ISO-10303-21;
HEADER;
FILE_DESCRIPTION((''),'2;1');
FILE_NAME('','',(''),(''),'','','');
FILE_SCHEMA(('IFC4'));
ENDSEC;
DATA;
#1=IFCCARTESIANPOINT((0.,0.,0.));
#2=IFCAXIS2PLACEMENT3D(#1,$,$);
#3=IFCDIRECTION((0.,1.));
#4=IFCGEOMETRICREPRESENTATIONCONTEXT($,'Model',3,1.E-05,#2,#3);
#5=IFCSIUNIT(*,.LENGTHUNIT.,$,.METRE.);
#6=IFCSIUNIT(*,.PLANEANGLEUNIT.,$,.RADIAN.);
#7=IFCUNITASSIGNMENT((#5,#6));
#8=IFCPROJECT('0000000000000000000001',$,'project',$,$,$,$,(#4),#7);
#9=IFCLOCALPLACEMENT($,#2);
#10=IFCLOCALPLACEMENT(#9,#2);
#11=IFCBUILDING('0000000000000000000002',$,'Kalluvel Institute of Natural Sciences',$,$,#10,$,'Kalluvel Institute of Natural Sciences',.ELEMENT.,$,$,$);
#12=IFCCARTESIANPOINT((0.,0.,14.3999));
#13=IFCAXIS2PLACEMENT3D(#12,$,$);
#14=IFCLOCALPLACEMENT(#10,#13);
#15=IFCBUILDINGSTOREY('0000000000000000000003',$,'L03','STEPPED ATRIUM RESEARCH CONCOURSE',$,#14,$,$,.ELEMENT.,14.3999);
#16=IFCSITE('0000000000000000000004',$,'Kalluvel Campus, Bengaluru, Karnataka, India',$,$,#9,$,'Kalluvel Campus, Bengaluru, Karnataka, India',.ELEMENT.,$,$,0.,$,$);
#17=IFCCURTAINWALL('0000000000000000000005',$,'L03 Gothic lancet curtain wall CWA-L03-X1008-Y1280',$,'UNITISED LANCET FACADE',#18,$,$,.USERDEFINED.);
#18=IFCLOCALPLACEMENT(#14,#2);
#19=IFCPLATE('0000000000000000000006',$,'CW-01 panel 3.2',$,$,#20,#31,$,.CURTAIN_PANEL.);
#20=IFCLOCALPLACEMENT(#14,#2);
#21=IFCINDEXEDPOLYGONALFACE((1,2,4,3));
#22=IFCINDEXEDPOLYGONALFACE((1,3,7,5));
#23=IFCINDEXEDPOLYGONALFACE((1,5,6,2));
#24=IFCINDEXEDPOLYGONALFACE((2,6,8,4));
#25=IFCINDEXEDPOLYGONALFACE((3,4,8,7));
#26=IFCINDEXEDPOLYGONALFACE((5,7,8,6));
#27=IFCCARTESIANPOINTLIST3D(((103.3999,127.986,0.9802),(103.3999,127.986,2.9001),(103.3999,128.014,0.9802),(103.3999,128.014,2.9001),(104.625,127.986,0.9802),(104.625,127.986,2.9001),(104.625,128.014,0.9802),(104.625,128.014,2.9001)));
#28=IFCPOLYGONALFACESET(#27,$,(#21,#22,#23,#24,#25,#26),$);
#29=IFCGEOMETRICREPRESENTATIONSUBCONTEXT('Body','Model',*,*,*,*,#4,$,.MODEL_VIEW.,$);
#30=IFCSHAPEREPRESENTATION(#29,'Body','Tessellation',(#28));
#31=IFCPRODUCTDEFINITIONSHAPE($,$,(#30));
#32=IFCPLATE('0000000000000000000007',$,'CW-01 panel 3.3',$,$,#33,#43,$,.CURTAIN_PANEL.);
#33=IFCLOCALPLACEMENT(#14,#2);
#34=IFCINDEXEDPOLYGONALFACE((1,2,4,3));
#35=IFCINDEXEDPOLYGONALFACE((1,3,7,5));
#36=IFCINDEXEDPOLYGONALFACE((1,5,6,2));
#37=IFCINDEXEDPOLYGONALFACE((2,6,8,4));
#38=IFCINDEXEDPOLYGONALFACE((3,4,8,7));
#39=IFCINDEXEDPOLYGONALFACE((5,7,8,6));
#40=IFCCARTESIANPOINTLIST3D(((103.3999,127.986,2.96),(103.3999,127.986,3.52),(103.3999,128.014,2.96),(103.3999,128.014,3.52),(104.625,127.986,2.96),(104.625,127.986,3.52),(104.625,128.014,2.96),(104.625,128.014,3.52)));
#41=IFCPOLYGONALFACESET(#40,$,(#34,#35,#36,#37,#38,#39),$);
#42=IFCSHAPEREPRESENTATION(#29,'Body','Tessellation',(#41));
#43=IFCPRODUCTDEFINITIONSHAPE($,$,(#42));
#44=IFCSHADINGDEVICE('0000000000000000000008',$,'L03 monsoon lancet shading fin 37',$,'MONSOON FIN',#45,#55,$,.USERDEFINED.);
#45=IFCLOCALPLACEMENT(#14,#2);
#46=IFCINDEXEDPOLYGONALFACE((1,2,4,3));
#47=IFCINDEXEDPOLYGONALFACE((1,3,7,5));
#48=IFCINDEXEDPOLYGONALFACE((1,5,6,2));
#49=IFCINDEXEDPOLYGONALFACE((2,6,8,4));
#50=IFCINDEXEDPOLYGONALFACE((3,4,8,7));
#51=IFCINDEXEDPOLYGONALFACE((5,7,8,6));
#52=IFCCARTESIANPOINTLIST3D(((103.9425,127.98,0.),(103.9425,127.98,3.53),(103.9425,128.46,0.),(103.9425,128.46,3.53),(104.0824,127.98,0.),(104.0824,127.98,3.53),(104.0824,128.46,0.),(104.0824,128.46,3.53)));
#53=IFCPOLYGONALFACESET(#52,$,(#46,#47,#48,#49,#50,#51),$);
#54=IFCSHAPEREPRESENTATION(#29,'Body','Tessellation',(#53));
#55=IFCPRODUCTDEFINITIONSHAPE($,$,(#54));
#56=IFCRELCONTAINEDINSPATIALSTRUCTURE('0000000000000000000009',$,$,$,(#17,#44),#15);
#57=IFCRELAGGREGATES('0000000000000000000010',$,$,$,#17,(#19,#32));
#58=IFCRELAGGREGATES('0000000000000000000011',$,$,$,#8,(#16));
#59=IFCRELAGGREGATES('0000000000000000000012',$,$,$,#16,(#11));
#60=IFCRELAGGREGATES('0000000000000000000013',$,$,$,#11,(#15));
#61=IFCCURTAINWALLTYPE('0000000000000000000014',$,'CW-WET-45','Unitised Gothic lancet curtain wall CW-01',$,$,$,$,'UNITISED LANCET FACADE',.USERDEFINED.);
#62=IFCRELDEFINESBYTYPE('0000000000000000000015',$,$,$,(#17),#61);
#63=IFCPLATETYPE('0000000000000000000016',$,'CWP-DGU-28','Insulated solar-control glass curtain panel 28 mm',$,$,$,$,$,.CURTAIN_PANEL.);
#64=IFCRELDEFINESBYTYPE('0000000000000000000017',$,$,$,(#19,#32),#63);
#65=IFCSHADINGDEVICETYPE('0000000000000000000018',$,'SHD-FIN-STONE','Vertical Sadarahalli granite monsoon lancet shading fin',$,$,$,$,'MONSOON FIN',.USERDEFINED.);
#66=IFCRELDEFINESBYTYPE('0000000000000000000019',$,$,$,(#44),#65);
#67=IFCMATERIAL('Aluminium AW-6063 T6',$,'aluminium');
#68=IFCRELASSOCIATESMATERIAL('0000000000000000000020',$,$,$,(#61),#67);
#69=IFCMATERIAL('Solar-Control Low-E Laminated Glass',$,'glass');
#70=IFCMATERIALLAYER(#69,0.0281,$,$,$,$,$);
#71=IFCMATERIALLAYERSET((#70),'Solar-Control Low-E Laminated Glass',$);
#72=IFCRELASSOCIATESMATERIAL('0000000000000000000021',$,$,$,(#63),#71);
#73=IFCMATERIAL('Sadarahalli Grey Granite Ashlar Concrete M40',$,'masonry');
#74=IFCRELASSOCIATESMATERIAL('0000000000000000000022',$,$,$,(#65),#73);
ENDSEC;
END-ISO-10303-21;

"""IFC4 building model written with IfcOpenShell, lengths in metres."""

from ifc_helpers import new_model, si_unit, direction, frame, origin, origin_2d, place, context, subcontext, project, spatial, rectangle, extrude, material, layer, layer_set, type_object, element, aggregate, save


model = new_model("IFC4")

# Units and contexts
model_context = context("Model", 3, precision=1e-05, world=origin(), true_north=direction((0.0, 1.0)))
body_context = subcontext(model_context, "Body", "Model", "MODEL_VIEW")
ifc_project = project(units=[si_unit("LENGTHUNIT", "METRE"), si_unit("PLANEANGLEUNIT", "RADIAN")], contexts=[model_context])

# Site, building, storey
site_placement = place(None, origin())
site = spatial("IfcSite", under=ifc_project, at=site_placement, Name="Kalluvel Campus, Bengaluru, Karnataka, India", LongName="Kalluvel Campus, Bengaluru, Karnataka, India", CompositionType="ELEMENT", RefElevation=0.0)
building_placement = place(site_placement, origin())
building = spatial("IfcBuilding", under=site, at=building_placement, Name="Kalluvel Institute of Natural Sciences", LongName="Kalluvel Institute of Natural Sciences", CompositionType="ELEMENT")
storey_placement = place(building_placement, frame((0.0, 0.0, 14.3999)))
storey = spatial("IfcBuildingStorey", under=building, at=storey_placement, Name="L03", Description="STEPPED ATRIUM RESEARCH CONCOURSE", CompositionType="ELEMENT", Elevation=14.3999)

# Curtain wall
ifc_material_1 = material(Name="Aluminium AW-6063 T6", Category="aluminium")
curtain_wall_type = type_object("IfcCurtainWallType", Name="CW-WET-45", Description="Unitised Gothic lancet curtain wall CW-01", ElementType="UNITISED LANCET FACADE", PredefinedType="USERDEFINED", material=ifc_material_1)
curtain_wall_placement = place(storey_placement, origin())
curtain_wall = element("IfcCurtainWall", 1, at=curtain_wall_placement, inside=storey, type_object=curtain_wall_type, Name="L03 Gothic lancet curtain wall CWA-L03-X1008-Y1280", ObjectType="UNITISED LANCET FACADE", PredefinedType="USERDEFINED")

# Plates
ifc_material_2 = material(Name="Solar-Control Low-E Laminated Glass", Category="glass")
ifc_layer = layer(ifc_material_2, 0.0281)
ifc_layer_set = layer_set([ifc_layer], Name="Solar-Control Low-E Laminated Glass")
plate_type = type_object("IfcPlateType", Name="CWP-DGU-28", Description="Insulated solar-control glass curtain panel 28 mm", PredefinedType="CURTAIN_PANEL", material=ifc_layer_set)
plate_1_placement = place(storey_placement, frame((104.0125, 128.0, 0.9802), z_axis=(0.0, 0.0, 1.0), x_axis=(1.0, 0.0, 0.0)))
plate_1 = element("IfcPlate", 2, at=plate_1_placement, type_object=plate_type, Name="CW-01 panel 3.2", PredefinedType="CURTAIN_PANEL", context=body_context, shape_type="SweptSolid", body=[
    extrude(rectangle(XDim=1.2251, YDim=0.0281, at=origin_2d()), origin(), (0.0, 0.0, 1.0), 1.9199),
])
plate_2_placement = place(storey_placement, frame((104.0125, 128.0, 2.96), z_axis=(0.0, 0.0, 1.0), x_axis=(1.0, 0.0, 0.0)))
plate_2 = element("IfcPlate", 3, at=plate_2_placement, type_object=plate_type, Name="CW-01 panel 3.3", PredefinedType="CURTAIN_PANEL", context=body_context, shape_type="SweptSolid", body=[
    extrude(rectangle(XDim=1.2251, YDim=0.0281, at=origin_2d()), origin(), (0.0, 0.0, 1.0), 0.5601),
])
aggregate(curtain_wall, [plate_1, plate_2])

# Shading device
ifc_material_3 = material(Name="Sadarahalli Grey Granite Ashlar Concrete M40", Category="masonry")
shading_device_type = type_object("IfcShadingDeviceType", Name="SHD-FIN-STONE", Description="Vertical Sadarahalli granite monsoon lancet shading fin", ElementType="MONSOON FIN", PredefinedType="USERDEFINED", material=ifc_material_3)
shading_device_placement = place(storey_placement, frame((104.0125, 128.22, 0.0), z_axis=(0.0, 0.0, 1.0), x_axis=(1.0, 0.0, 0.0)))
element("IfcShadingDevice", 4, at=shading_device_placement, inside=storey, type_object=shading_device_type, Name="L03 monsoon lancet shading fin 37", ObjectType="MONSOON FIN", PredefinedType="USERDEFINED", context=body_context, shape_type="SweptSolid", body=[
    extrude(rectangle(XDim=0.1399, YDim=0.48, at=origin_2d()), origin(), (0.0, 0.0, 1.0), 3.53),
])

save(model, "model.ifc")
